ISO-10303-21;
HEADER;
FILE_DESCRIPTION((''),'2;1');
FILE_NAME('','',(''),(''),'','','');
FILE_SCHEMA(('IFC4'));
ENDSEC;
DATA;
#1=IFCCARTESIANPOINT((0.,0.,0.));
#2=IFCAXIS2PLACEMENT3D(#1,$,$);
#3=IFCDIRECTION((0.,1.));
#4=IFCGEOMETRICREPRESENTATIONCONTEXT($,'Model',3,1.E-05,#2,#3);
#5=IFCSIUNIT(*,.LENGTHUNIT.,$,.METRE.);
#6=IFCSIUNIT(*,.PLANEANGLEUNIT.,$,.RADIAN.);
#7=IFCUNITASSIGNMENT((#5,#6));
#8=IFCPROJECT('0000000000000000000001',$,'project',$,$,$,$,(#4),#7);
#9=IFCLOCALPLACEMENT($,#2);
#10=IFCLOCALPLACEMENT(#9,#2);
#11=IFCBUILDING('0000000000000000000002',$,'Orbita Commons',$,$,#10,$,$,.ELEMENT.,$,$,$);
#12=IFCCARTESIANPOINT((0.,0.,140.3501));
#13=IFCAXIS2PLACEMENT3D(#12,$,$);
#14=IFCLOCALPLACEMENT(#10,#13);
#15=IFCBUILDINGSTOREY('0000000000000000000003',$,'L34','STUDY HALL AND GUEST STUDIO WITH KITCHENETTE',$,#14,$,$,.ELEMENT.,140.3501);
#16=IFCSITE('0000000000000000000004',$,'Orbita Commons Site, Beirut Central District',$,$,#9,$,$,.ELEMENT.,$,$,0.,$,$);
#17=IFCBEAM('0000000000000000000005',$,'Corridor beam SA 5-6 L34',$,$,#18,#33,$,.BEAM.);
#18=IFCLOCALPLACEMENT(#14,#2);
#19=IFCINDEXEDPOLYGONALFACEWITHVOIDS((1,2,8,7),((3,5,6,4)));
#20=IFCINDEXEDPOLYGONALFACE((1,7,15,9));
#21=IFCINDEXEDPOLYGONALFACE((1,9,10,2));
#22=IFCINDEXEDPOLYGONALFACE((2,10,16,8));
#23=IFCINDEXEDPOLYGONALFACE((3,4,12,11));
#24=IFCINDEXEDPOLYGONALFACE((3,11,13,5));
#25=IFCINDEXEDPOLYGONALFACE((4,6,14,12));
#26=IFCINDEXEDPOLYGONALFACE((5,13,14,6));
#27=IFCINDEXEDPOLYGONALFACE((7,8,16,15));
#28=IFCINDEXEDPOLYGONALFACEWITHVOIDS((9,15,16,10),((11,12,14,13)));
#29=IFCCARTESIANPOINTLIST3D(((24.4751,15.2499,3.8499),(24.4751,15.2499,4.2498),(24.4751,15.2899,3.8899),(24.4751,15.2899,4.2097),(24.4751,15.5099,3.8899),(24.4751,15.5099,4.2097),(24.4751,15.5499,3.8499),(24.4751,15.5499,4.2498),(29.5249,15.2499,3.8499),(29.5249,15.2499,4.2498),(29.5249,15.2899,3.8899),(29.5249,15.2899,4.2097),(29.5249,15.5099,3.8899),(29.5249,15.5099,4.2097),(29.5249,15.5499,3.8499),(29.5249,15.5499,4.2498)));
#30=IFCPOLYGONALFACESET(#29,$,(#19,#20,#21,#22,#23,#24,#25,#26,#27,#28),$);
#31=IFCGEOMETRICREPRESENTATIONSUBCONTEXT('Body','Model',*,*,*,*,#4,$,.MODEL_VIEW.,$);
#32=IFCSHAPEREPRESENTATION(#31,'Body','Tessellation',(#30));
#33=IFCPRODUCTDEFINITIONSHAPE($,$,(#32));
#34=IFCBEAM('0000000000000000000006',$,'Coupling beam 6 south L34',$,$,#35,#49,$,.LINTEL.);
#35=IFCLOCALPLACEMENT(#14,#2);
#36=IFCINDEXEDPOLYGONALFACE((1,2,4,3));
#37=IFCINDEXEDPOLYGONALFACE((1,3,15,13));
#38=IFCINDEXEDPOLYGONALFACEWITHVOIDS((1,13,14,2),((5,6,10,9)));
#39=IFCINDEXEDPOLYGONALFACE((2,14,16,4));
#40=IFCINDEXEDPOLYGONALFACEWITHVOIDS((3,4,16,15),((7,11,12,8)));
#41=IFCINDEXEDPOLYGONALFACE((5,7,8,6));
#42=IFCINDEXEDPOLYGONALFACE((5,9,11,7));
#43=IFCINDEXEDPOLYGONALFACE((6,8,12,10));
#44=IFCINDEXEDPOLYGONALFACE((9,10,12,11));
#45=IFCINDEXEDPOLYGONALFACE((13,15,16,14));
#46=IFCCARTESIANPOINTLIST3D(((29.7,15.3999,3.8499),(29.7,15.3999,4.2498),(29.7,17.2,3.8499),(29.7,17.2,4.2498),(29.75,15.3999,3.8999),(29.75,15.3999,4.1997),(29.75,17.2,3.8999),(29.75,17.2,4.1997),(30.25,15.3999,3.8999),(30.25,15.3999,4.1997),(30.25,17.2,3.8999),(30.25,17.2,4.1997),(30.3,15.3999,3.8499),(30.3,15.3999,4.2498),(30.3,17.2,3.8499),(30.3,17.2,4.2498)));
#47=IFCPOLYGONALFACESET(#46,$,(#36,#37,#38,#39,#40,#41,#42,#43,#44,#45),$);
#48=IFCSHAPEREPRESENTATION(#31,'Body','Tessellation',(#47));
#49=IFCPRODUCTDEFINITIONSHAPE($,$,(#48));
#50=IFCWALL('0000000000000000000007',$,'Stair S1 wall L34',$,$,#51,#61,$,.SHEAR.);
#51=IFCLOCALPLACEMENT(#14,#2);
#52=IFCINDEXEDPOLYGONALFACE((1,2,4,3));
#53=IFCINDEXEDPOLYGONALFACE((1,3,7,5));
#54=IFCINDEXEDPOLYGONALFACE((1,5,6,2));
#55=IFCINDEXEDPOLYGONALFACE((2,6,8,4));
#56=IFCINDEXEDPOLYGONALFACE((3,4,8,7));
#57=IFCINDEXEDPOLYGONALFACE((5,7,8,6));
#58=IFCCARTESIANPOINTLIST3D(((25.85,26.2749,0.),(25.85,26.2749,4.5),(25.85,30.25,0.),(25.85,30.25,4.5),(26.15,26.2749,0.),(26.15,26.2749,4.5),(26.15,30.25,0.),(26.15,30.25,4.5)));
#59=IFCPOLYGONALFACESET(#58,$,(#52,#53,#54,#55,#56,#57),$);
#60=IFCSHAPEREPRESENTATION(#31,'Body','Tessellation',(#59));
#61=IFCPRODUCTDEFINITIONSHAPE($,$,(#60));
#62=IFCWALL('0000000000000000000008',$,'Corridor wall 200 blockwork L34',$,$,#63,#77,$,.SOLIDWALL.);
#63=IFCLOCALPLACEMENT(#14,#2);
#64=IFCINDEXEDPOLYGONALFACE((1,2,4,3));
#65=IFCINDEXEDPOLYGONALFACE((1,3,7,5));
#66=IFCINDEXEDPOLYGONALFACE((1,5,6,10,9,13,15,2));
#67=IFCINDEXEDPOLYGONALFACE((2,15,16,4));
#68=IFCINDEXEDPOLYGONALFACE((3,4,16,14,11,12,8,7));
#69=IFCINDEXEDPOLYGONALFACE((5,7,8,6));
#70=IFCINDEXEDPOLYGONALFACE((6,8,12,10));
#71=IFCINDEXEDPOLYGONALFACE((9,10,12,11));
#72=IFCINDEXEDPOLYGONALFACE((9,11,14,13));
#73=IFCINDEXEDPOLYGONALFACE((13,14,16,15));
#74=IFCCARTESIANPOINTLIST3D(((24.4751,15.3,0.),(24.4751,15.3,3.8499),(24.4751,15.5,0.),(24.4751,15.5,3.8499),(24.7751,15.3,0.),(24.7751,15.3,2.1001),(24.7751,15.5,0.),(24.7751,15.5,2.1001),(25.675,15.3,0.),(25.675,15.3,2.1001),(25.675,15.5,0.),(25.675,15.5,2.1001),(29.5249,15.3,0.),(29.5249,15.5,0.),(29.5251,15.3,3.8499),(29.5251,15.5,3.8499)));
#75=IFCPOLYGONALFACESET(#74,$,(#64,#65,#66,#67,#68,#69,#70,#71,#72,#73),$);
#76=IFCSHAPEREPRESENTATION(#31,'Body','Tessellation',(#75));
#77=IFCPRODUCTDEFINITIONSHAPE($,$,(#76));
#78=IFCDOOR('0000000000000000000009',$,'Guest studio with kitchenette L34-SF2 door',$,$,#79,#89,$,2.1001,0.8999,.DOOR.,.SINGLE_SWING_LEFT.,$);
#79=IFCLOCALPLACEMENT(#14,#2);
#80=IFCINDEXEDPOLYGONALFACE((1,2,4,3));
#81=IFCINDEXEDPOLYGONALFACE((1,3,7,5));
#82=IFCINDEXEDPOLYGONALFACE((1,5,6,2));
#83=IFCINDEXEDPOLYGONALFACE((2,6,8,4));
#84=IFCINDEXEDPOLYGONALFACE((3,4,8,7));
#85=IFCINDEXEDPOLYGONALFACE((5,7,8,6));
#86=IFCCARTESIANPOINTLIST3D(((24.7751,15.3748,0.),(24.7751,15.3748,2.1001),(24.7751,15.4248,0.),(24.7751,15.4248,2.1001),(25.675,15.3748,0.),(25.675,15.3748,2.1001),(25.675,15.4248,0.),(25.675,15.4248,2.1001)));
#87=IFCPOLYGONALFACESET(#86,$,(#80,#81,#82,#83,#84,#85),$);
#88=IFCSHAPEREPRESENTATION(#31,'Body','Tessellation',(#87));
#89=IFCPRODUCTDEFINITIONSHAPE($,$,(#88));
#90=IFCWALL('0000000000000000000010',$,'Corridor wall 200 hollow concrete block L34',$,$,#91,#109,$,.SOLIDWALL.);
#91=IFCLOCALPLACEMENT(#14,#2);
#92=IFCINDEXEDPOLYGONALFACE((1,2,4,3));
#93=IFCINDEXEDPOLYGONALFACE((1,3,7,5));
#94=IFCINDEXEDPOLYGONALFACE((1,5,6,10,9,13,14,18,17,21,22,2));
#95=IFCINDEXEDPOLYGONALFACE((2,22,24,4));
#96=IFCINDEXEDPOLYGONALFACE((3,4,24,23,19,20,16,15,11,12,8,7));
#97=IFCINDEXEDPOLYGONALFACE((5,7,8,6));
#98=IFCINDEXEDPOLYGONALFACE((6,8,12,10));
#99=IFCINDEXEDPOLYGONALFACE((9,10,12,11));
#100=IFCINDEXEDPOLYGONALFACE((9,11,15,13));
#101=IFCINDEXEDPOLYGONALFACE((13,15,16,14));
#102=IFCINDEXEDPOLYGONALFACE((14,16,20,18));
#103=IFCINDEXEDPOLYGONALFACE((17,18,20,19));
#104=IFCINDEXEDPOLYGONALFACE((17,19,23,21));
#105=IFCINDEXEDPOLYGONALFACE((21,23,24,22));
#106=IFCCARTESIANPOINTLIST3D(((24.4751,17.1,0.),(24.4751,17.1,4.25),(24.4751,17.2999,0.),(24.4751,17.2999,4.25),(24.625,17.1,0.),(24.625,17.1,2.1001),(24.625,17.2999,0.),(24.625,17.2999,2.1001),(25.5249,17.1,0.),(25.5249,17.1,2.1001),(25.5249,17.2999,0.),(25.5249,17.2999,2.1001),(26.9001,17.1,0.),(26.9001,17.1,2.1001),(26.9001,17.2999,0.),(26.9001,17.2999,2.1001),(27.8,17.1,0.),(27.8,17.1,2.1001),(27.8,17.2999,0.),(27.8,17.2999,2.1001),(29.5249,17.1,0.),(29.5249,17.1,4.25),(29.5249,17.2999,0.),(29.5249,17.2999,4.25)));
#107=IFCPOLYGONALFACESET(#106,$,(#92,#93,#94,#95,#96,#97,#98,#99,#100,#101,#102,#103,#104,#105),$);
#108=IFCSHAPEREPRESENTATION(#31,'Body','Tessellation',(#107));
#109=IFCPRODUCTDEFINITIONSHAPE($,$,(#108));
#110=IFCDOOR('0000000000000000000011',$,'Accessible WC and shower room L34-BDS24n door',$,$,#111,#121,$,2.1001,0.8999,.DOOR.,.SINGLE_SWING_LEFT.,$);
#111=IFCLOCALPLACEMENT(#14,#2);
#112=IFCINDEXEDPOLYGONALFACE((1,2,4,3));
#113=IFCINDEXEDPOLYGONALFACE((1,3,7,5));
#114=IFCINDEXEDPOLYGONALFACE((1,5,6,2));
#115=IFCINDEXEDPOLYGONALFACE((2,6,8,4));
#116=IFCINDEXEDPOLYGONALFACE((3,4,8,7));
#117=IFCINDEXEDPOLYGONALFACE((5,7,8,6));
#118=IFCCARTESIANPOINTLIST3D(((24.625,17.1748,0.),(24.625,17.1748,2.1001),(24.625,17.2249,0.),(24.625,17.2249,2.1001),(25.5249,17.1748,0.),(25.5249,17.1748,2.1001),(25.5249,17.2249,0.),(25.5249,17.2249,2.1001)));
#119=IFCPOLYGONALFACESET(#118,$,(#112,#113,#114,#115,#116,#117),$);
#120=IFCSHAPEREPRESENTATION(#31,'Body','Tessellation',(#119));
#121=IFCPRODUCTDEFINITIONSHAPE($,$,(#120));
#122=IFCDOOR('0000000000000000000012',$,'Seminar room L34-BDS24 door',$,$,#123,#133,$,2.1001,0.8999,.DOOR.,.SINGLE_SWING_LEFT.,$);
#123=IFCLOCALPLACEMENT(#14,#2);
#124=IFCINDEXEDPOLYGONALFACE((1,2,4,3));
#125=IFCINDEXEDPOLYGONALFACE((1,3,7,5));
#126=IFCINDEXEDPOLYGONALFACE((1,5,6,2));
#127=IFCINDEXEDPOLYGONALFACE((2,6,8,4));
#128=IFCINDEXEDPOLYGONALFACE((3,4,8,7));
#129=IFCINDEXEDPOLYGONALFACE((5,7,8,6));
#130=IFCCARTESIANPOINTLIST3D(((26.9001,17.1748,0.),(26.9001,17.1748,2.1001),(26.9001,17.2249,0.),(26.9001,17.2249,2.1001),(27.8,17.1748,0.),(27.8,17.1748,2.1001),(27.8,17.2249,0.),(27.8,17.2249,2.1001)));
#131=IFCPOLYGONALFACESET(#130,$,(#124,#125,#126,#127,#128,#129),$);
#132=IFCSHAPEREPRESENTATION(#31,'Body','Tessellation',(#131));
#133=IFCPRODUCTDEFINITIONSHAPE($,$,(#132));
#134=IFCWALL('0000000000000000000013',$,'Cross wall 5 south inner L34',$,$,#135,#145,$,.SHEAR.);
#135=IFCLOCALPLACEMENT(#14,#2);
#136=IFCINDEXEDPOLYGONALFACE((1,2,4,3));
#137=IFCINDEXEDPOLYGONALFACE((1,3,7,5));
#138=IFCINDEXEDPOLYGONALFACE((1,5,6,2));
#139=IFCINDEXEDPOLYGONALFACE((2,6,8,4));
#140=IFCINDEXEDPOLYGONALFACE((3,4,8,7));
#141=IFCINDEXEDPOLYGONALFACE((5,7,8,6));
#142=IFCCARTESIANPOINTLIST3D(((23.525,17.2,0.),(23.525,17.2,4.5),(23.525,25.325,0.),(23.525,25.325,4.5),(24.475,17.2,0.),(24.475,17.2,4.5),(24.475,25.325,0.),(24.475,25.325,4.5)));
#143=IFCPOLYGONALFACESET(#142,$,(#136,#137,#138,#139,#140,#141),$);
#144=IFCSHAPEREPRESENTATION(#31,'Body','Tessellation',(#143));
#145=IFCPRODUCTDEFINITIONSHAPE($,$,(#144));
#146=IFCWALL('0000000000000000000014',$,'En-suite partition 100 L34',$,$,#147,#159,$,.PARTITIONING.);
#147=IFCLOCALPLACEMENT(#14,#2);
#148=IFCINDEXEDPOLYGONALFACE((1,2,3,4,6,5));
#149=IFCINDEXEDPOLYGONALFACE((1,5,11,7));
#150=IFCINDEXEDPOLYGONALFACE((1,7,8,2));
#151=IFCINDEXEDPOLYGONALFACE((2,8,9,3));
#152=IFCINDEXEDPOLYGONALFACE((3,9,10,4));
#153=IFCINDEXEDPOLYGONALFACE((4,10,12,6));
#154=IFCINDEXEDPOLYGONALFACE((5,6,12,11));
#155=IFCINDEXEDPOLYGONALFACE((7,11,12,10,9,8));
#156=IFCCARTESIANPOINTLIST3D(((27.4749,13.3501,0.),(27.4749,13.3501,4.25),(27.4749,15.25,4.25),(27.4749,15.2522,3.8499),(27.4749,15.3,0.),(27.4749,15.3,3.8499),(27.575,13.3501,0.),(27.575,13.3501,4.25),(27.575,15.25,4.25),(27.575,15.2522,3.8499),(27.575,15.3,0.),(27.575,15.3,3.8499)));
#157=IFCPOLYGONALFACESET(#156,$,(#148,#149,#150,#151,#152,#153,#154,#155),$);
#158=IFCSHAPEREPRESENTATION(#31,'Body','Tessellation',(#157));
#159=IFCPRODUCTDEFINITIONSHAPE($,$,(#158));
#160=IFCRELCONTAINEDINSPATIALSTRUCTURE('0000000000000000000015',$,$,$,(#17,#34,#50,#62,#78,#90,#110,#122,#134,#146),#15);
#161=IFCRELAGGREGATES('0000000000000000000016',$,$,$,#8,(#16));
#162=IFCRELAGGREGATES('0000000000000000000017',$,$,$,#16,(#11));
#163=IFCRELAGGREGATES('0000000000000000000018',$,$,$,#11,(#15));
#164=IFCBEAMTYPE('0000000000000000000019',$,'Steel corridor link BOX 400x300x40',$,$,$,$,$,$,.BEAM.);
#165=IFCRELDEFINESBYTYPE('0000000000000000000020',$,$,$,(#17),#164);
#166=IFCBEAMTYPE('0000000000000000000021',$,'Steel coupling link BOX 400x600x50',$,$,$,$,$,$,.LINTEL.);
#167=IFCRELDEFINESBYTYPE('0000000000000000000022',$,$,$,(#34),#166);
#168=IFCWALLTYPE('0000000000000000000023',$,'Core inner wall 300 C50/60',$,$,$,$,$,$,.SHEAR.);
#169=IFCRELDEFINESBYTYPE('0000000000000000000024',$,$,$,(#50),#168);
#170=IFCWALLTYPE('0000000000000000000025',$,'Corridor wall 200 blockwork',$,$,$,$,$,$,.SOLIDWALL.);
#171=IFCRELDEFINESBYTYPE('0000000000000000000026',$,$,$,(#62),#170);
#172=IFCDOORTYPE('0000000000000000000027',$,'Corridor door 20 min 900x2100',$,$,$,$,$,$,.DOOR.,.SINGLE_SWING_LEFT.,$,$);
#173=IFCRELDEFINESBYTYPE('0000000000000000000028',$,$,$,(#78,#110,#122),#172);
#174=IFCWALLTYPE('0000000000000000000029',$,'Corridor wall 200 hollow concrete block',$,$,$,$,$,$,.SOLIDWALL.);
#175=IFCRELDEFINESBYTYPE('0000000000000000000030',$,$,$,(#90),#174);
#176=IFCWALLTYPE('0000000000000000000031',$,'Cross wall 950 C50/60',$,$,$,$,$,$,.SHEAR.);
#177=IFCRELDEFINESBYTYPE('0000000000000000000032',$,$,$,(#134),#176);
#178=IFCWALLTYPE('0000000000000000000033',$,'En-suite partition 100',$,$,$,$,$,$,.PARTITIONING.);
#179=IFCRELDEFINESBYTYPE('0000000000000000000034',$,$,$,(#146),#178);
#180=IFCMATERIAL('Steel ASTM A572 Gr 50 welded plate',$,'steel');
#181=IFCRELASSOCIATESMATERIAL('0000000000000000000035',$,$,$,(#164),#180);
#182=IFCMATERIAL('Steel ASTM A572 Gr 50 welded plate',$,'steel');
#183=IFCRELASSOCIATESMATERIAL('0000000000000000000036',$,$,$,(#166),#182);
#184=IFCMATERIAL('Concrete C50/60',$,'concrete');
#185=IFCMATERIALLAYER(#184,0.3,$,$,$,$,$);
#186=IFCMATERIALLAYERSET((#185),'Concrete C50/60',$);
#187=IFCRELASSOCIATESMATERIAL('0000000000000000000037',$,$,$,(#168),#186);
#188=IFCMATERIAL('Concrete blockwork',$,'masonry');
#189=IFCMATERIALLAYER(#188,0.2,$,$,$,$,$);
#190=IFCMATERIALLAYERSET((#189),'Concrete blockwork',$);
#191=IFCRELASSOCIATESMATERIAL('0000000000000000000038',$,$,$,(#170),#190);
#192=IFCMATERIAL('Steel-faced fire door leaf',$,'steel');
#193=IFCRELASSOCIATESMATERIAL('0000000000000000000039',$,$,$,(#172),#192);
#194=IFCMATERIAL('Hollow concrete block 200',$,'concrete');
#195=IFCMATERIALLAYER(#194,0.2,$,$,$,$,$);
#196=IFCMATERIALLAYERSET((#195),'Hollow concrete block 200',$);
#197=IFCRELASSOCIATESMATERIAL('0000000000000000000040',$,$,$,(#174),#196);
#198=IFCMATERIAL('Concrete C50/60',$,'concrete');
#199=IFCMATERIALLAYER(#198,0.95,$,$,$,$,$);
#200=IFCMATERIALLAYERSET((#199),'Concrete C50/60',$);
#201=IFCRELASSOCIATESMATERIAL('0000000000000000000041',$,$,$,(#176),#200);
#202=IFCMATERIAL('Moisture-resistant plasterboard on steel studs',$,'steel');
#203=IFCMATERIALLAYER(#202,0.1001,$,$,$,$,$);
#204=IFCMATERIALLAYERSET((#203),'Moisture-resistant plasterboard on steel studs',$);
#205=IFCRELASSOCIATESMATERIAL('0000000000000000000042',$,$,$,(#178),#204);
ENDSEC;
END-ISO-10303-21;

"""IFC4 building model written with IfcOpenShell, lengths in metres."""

from ifc_helpers import new_model, si_unit, direction, frame, frame_2d, origin, origin_2d, place, context, subcontext, project, spatial, polyline, rectangle, hollow_rectangle, outline, extrude, material, layer, layer_set, material_profile, profile_set, type_object, element, fill, save


model = new_model("IFC4")

# Units and contexts
model_context = context("Model", 3, precision=1e-05, world=origin(), true_north=direction((0.0, 1.0)))
body_context = subcontext(model_context, "Body", "Model", "MODEL_VIEW")
ifc_project = project(units=[si_unit("LENGTHUNIT", "METRE"), si_unit("PLANEANGLEUNIT", "RADIAN")], contexts=[model_context])

# Site, building, storey
site_placement = place(None, origin())
site = spatial("IfcSite", under=ifc_project, at=site_placement, Name="Orbita Commons Site, Beirut Central District", CompositionType="ELEMENT", RefElevation=0.0)
building_placement = place(site_placement, origin())
building = spatial("IfcBuilding", under=site, at=building_placement, Name="Orbita Commons", CompositionType="ELEMENT")
storey_placement = place(building_placement, frame((0.0, 0.0, 140.3501)))
storey = spatial("IfcBuildingStorey", under=building, at=storey_placement, Name="L34", Description="STUDY HALL AND GUEST STUDIO WITH KITCHENETTE", CompositionType="ELEMENT", Elevation=140.3501)

# Beams
ifc_material_1 = material(Name="Steel ASTM A572 Gr 50 welded plate", Category="steel")
ifc_material_profile_1 = material_profile(ifc_material_1, hollow_rectangle(XDim=0.3, YDim=0.3999, WallThickness=0.04, at=origin_2d()), Name="BOX 400x300x40")
ifc_profile_set_1 = profile_set([ifc_material_profile_1], Name="Steel ASTM A572 Gr 50 welded plate")
beam_type_1 = type_object("IfcBeamType", Name="Steel corridor link BOX 400x300x40", PredefinedType="BEAM", material=ifc_profile_set_1)
beam_1_placement = place(storey_placement, frame((24.4751, 15.3999, 4.0498), z_axis=(1.0, 0.0, 0.0), x_axis=(0.0, 1.0, 0.0)))
element("IfcBeam", 1, at=beam_1_placement, inside=storey, type_object=beam_type_1, Name="Corridor beam SA 5-6 L34", PredefinedType="BEAM", context=body_context, shape_type="SweptSolid", body=[
    extrude(hollow_rectangle(XDim=0.3, YDim=0.3999, WallThickness=0.04, at=origin_2d()), origin(), (0.0, 0.0, 1.0), 5.0498),
])
ifc_material_2 = material(Name="Steel ASTM A572 Gr 50 welded plate", Category="steel")
ifc_material_profile_2 = material_profile(ifc_material_2, hollow_rectangle(XDim=0.6001, YDim=0.3999, WallThickness=0.05, at=origin_2d()), Name="BOX 400x600x50")
ifc_profile_set_2 = profile_set([ifc_material_profile_2], Name="Steel ASTM A572 Gr 50 welded plate")
beam_type_2 = type_object("IfcBeamType", Name="Steel coupling link BOX 400x600x50", PredefinedType="LINTEL", material=ifc_profile_set_2)
beam_2_placement = place(storey_placement, frame((30.0, 15.3999, 4.0498), z_axis=(0.0, 1.0, 0.0), x_axis=(-1.0, 0.0, 0.0)))
element("IfcBeam", 2, at=beam_2_placement, inside=storey, type_object=beam_type_2, Name="Coupling beam 6 south L34", PredefinedType="LINTEL", context=body_context, shape_type="SweptSolid", body=[
    extrude(hollow_rectangle(XDim=0.6001, YDim=0.3999, WallThickness=0.05, at=origin_2d()), origin(), (0.0, 0.0, 1.0), 1.8),
])

# Wall
ifc_material_3 = material(Name="Concrete C50/60", Category="concrete")
ifc_layer_1 = layer(ifc_material_3, 0.3)
ifc_layer_set_1 = layer_set([ifc_layer_1], Name="Concrete C50/60")
wall_type_1 = type_object("IfcWallType", Name="Core inner wall 300 C50/60", PredefinedType="SHEAR", material=ifc_layer_set_1)
wall_1_placement = place(storey_placement, frame((26.0, 26.2749, 0.0), z_axis=(0.0, 0.0, 1.0), x_axis=(0.0, 1.0, 0.0)))
element("IfcWall", 3, at=wall_1_placement, inside=storey, type_object=wall_type_1, Name="Stair S1 wall L34", PredefinedType="SHEAR", context=body_context, shape_type="SweptSolid", body=[
    extrude(rectangle(XDim=3.9751, YDim=0.3, at=frame_2d((1.9875, 0.0))), origin(), (0.0, 0.0, 1.0), 4.5),
])

# Wall, opening, door
ifc_material_4 = material(Name="Concrete blockwork", Category="masonry")
ifc_layer_2 = layer(ifc_material_4, 0.2)
ifc_layer_set_2 = layer_set([ifc_layer_2], Name="Concrete blockwork")
wall_type_2 = type_object("IfcWallType", Name="Corridor wall 200 blockwork", PredefinedType="SOLIDWALL", material=ifc_layer_set_2)
wall_2_placement = place(storey_placement, frame((24.4751, 15.3999, 0.0), z_axis=(0.0, 0.0, 1.0), x_axis=(1.0, 0.0, 0.0)))
wall_2 = element("IfcWall", 4, at=wall_2_placement, inside=storey, type_object=wall_type_2, Name="Corridor wall 200 blockwork L34", PredefinedType="SOLIDWALL", context=body_context, shape_type="SweptSolid", body=[
    extrude(outline(polyline([(0.0, 0.0), (5.0498, 0.0), (5.05, 3.8499), (0.0, 3.8499), (0.0, 0.0)])), frame((0.0, 0.1001, 0.0), z_axis=(0.0, -1.0, 0.0), x_axis=(1.0, 0.0, 0.0)), (0.0, 0.0, 1.0), 0.2),
])
opening_1_placement = place(wall_2_placement, frame((0.3, 0.0, 0.0)))
opening_1 = element("IfcOpeningElement", 5, at=opening_1_placement, cuts=wall_2, PredefinedType="OPENING", context=body_context, shape_type="SweptSolid", body=[
    extrude(rectangle(XDim=0.8999, YDim=2.1001, at=frame_2d((0.45, 1.05))), frame((0.0, 0.1099, 0.0), z_axis=(0.0, -1.0, 0.0), x_axis=(1.0, 0.0, 0.0)), (0.0, 0.0, 1.0), 0.22),
])
ifc_material_5 = material(Name="Steel-faced fire door leaf", Category="steel")
door_type = type_object("IfcDoorType", Name="Corridor door 20 min 900x2100", OperationType="SINGLE_SWING_LEFT", PredefinedType="DOOR", material=ifc_material_5)
door_1_placement = place(opening_1_placement, origin())
door_1 = element("IfcDoor", 6, at=door_1_placement, inside=storey, type_object=door_type, Name="Guest studio with kitchenette L34-SF2 door", OperationType="SINGLE_SWING_LEFT", OverallHeight=2.1001, OverallWidth=0.8999, PredefinedType="DOOR", context=body_context, shape_type="SweptSolid", body=[
    extrude(rectangle(XDim=0.8999, YDim=2.1001, at=frame_2d((0.45, 1.05))), frame((0.0, 0.0249, 0.0), z_axis=(0.0, -1.0, 0.0), x_axis=(1.0, 0.0, 0.0)), (0.0, 0.0, 1.0), 0.05),
])
fill(opening_1, door_1)

# Wall, openings, doors
ifc_material_6 = material(Name="Hollow concrete block 200", Category="concrete")
ifc_layer_3 = layer(ifc_material_6, 0.2)
ifc_layer_set_3 = layer_set([ifc_layer_3], Name="Hollow concrete block 200")
wall_type_3 = type_object("IfcWallType", Name="Corridor wall 200 hollow concrete block", PredefinedType="SOLIDWALL", material=ifc_layer_set_3)
wall_3_placement = place(storey_placement, frame((24.4751, 17.2, 0.0), z_axis=(0.0, 0.0, 1.0), x_axis=(1.0, 0.0, 0.0)))
wall_3 = element("IfcWall", 7, at=wall_3_placement, inside=storey, type_object=wall_type_3, Name="Corridor wall 200 hollow concrete block L34", PredefinedType="SOLIDWALL", context=body_context, shape_type="SweptSolid", body=[
    extrude(rectangle(XDim=5.0498, YDim=0.2, at=frame_2d((2.5249, 0.0))), origin(), (0.0, 0.0, 1.0), 4.25),
])
opening_2_placement = place(wall_3_placement, frame((0.1499, 0.0, 0.0)))
opening_2 = element("IfcOpeningElement", 8, at=opening_2_placement, cuts=wall_3, PredefinedType="OPENING", context=body_context, shape_type="SweptSolid", body=[
    extrude(rectangle(XDim=0.8999, YDim=2.1001, at=frame_2d((0.45, 1.05))), frame((0.0, 0.1099, 0.0), z_axis=(0.0, -1.0, 0.0), x_axis=(1.0, 0.0, 0.0)), (0.0, 0.0, 1.0), 0.22),
])
opening_3_placement = place(wall_3_placement, frame((2.425, 0.0, 0.0)))
opening_3 = element("IfcOpeningElement", 9, at=opening_3_placement, cuts=wall_3, PredefinedType="OPENING", context=body_context, shape_type="SweptSolid", body=[
    extrude(rectangle(XDim=0.8999, YDim=2.1001, at=frame_2d((0.45, 1.05))), frame((0.0, 0.1099, 0.0), z_axis=(0.0, -1.0, 0.0), x_axis=(1.0, 0.0, 0.0)), (0.0, 0.0, 1.0), 0.22),
])
door_2_placement = place(opening_2_placement, origin())
door_2 = element("IfcDoor", 10, at=door_2_placement, inside=storey, type_object=door_type, Name="Accessible WC and shower room L34-BDS24n door", OperationType="SINGLE_SWING_LEFT", OverallHeight=2.1001, OverallWidth=0.8999, PredefinedType="DOOR", context=body_context, shape_type="SweptSolid", body=[
    extrude(rectangle(XDim=0.8999, YDim=2.1001, at=frame_2d((0.45, 1.05))), frame((0.0, 0.0249, 0.0), z_axis=(0.0, -1.0, 0.0), x_axis=(1.0, 0.0, 0.0)), (0.0, 0.0, 1.0), 0.05),
])
fill(opening_2, door_2)
door_3_placement = place(opening_3_placement, origin())
door_3 = element("IfcDoor", 11, at=door_3_placement, inside=storey, type_object=door_type, Name="Seminar room L34-BDS24 door", OperationType="SINGLE_SWING_LEFT", OverallHeight=2.1001, OverallWidth=0.8999, PredefinedType="DOOR", context=body_context, shape_type="SweptSolid", body=[
    extrude(rectangle(XDim=0.8999, YDim=2.1001, at=frame_2d((0.45, 1.05))), frame((0.0, 0.0249, 0.0), z_axis=(0.0, -1.0, 0.0), x_axis=(1.0, 0.0, 0.0)), (0.0, 0.0, 1.0), 0.05),
])
fill(opening_3, door_3)

# Walls
ifc_material_7 = material(Name="Concrete C50/60", Category="concrete")
ifc_layer_4 = layer(ifc_material_7, 0.95)
ifc_layer_set_4 = layer_set([ifc_layer_4], Name="Concrete C50/60")
wall_type_4 = type_object("IfcWallType", Name="Cross wall 950 C50/60", PredefinedType="SHEAR", material=ifc_layer_set_4)
wall_4_placement = place(storey_placement, frame((24.0, 17.2, 0.0), z_axis=(0.0, 0.0, 1.0), x_axis=(0.0, 1.0, 0.0)))
element("IfcWall", 12, at=wall_4_placement, inside=storey, type_object=wall_type_4, Name="Cross wall 5 south inner L34", PredefinedType="SHEAR", context=body_context, shape_type="SweptSolid", body=[
    extrude(rectangle(XDim=8.125, YDim=0.95, at=frame_2d((4.0625, 0.0))), origin(), (0.0, 0.0, 1.0), 4.5),
])
ifc_material_8 = material(Name="Moisture-resistant plasterboard on steel studs", Category="steel")
ifc_layer_5 = layer(ifc_material_8, 0.1001)
ifc_layer_set_5 = layer_set([ifc_layer_5], Name="Moisture-resistant plasterboard on steel studs")
wall_type_5 = type_object("IfcWallType", Name="En-suite partition 100", PredefinedType="PARTITIONING", material=ifc_layer_set_5)
wall_5_placement = place(storey_placement, frame((27.5249, 13.3501, 0.0), z_axis=(0.0, 0.0, 1.0), x_axis=(0.0, 1.0, 0.0)))
element("IfcWall", 13, at=wall_5_placement, inside=storey, type_object=wall_type_5, Name="En-suite partition 100 L34", PredefinedType="PARTITIONING", context=body_context, shape_type="SweptSolid", body=[
    extrude(outline(polyline([(0.0, 0.0), (1.95, 0.0), (1.95, 3.8499), (1.9021, 3.8499), (1.8999, 4.25), (0.0, 4.25), (0.0, 0.0)])), frame((0.0, 0.05, 0.0), z_axis=(0.0, -1.0, 0.0), x_axis=(1.0, 0.0, 0.0)), (0.0, 0.0, 1.0), 0.1001),
])

save(model, "model.ifc")
